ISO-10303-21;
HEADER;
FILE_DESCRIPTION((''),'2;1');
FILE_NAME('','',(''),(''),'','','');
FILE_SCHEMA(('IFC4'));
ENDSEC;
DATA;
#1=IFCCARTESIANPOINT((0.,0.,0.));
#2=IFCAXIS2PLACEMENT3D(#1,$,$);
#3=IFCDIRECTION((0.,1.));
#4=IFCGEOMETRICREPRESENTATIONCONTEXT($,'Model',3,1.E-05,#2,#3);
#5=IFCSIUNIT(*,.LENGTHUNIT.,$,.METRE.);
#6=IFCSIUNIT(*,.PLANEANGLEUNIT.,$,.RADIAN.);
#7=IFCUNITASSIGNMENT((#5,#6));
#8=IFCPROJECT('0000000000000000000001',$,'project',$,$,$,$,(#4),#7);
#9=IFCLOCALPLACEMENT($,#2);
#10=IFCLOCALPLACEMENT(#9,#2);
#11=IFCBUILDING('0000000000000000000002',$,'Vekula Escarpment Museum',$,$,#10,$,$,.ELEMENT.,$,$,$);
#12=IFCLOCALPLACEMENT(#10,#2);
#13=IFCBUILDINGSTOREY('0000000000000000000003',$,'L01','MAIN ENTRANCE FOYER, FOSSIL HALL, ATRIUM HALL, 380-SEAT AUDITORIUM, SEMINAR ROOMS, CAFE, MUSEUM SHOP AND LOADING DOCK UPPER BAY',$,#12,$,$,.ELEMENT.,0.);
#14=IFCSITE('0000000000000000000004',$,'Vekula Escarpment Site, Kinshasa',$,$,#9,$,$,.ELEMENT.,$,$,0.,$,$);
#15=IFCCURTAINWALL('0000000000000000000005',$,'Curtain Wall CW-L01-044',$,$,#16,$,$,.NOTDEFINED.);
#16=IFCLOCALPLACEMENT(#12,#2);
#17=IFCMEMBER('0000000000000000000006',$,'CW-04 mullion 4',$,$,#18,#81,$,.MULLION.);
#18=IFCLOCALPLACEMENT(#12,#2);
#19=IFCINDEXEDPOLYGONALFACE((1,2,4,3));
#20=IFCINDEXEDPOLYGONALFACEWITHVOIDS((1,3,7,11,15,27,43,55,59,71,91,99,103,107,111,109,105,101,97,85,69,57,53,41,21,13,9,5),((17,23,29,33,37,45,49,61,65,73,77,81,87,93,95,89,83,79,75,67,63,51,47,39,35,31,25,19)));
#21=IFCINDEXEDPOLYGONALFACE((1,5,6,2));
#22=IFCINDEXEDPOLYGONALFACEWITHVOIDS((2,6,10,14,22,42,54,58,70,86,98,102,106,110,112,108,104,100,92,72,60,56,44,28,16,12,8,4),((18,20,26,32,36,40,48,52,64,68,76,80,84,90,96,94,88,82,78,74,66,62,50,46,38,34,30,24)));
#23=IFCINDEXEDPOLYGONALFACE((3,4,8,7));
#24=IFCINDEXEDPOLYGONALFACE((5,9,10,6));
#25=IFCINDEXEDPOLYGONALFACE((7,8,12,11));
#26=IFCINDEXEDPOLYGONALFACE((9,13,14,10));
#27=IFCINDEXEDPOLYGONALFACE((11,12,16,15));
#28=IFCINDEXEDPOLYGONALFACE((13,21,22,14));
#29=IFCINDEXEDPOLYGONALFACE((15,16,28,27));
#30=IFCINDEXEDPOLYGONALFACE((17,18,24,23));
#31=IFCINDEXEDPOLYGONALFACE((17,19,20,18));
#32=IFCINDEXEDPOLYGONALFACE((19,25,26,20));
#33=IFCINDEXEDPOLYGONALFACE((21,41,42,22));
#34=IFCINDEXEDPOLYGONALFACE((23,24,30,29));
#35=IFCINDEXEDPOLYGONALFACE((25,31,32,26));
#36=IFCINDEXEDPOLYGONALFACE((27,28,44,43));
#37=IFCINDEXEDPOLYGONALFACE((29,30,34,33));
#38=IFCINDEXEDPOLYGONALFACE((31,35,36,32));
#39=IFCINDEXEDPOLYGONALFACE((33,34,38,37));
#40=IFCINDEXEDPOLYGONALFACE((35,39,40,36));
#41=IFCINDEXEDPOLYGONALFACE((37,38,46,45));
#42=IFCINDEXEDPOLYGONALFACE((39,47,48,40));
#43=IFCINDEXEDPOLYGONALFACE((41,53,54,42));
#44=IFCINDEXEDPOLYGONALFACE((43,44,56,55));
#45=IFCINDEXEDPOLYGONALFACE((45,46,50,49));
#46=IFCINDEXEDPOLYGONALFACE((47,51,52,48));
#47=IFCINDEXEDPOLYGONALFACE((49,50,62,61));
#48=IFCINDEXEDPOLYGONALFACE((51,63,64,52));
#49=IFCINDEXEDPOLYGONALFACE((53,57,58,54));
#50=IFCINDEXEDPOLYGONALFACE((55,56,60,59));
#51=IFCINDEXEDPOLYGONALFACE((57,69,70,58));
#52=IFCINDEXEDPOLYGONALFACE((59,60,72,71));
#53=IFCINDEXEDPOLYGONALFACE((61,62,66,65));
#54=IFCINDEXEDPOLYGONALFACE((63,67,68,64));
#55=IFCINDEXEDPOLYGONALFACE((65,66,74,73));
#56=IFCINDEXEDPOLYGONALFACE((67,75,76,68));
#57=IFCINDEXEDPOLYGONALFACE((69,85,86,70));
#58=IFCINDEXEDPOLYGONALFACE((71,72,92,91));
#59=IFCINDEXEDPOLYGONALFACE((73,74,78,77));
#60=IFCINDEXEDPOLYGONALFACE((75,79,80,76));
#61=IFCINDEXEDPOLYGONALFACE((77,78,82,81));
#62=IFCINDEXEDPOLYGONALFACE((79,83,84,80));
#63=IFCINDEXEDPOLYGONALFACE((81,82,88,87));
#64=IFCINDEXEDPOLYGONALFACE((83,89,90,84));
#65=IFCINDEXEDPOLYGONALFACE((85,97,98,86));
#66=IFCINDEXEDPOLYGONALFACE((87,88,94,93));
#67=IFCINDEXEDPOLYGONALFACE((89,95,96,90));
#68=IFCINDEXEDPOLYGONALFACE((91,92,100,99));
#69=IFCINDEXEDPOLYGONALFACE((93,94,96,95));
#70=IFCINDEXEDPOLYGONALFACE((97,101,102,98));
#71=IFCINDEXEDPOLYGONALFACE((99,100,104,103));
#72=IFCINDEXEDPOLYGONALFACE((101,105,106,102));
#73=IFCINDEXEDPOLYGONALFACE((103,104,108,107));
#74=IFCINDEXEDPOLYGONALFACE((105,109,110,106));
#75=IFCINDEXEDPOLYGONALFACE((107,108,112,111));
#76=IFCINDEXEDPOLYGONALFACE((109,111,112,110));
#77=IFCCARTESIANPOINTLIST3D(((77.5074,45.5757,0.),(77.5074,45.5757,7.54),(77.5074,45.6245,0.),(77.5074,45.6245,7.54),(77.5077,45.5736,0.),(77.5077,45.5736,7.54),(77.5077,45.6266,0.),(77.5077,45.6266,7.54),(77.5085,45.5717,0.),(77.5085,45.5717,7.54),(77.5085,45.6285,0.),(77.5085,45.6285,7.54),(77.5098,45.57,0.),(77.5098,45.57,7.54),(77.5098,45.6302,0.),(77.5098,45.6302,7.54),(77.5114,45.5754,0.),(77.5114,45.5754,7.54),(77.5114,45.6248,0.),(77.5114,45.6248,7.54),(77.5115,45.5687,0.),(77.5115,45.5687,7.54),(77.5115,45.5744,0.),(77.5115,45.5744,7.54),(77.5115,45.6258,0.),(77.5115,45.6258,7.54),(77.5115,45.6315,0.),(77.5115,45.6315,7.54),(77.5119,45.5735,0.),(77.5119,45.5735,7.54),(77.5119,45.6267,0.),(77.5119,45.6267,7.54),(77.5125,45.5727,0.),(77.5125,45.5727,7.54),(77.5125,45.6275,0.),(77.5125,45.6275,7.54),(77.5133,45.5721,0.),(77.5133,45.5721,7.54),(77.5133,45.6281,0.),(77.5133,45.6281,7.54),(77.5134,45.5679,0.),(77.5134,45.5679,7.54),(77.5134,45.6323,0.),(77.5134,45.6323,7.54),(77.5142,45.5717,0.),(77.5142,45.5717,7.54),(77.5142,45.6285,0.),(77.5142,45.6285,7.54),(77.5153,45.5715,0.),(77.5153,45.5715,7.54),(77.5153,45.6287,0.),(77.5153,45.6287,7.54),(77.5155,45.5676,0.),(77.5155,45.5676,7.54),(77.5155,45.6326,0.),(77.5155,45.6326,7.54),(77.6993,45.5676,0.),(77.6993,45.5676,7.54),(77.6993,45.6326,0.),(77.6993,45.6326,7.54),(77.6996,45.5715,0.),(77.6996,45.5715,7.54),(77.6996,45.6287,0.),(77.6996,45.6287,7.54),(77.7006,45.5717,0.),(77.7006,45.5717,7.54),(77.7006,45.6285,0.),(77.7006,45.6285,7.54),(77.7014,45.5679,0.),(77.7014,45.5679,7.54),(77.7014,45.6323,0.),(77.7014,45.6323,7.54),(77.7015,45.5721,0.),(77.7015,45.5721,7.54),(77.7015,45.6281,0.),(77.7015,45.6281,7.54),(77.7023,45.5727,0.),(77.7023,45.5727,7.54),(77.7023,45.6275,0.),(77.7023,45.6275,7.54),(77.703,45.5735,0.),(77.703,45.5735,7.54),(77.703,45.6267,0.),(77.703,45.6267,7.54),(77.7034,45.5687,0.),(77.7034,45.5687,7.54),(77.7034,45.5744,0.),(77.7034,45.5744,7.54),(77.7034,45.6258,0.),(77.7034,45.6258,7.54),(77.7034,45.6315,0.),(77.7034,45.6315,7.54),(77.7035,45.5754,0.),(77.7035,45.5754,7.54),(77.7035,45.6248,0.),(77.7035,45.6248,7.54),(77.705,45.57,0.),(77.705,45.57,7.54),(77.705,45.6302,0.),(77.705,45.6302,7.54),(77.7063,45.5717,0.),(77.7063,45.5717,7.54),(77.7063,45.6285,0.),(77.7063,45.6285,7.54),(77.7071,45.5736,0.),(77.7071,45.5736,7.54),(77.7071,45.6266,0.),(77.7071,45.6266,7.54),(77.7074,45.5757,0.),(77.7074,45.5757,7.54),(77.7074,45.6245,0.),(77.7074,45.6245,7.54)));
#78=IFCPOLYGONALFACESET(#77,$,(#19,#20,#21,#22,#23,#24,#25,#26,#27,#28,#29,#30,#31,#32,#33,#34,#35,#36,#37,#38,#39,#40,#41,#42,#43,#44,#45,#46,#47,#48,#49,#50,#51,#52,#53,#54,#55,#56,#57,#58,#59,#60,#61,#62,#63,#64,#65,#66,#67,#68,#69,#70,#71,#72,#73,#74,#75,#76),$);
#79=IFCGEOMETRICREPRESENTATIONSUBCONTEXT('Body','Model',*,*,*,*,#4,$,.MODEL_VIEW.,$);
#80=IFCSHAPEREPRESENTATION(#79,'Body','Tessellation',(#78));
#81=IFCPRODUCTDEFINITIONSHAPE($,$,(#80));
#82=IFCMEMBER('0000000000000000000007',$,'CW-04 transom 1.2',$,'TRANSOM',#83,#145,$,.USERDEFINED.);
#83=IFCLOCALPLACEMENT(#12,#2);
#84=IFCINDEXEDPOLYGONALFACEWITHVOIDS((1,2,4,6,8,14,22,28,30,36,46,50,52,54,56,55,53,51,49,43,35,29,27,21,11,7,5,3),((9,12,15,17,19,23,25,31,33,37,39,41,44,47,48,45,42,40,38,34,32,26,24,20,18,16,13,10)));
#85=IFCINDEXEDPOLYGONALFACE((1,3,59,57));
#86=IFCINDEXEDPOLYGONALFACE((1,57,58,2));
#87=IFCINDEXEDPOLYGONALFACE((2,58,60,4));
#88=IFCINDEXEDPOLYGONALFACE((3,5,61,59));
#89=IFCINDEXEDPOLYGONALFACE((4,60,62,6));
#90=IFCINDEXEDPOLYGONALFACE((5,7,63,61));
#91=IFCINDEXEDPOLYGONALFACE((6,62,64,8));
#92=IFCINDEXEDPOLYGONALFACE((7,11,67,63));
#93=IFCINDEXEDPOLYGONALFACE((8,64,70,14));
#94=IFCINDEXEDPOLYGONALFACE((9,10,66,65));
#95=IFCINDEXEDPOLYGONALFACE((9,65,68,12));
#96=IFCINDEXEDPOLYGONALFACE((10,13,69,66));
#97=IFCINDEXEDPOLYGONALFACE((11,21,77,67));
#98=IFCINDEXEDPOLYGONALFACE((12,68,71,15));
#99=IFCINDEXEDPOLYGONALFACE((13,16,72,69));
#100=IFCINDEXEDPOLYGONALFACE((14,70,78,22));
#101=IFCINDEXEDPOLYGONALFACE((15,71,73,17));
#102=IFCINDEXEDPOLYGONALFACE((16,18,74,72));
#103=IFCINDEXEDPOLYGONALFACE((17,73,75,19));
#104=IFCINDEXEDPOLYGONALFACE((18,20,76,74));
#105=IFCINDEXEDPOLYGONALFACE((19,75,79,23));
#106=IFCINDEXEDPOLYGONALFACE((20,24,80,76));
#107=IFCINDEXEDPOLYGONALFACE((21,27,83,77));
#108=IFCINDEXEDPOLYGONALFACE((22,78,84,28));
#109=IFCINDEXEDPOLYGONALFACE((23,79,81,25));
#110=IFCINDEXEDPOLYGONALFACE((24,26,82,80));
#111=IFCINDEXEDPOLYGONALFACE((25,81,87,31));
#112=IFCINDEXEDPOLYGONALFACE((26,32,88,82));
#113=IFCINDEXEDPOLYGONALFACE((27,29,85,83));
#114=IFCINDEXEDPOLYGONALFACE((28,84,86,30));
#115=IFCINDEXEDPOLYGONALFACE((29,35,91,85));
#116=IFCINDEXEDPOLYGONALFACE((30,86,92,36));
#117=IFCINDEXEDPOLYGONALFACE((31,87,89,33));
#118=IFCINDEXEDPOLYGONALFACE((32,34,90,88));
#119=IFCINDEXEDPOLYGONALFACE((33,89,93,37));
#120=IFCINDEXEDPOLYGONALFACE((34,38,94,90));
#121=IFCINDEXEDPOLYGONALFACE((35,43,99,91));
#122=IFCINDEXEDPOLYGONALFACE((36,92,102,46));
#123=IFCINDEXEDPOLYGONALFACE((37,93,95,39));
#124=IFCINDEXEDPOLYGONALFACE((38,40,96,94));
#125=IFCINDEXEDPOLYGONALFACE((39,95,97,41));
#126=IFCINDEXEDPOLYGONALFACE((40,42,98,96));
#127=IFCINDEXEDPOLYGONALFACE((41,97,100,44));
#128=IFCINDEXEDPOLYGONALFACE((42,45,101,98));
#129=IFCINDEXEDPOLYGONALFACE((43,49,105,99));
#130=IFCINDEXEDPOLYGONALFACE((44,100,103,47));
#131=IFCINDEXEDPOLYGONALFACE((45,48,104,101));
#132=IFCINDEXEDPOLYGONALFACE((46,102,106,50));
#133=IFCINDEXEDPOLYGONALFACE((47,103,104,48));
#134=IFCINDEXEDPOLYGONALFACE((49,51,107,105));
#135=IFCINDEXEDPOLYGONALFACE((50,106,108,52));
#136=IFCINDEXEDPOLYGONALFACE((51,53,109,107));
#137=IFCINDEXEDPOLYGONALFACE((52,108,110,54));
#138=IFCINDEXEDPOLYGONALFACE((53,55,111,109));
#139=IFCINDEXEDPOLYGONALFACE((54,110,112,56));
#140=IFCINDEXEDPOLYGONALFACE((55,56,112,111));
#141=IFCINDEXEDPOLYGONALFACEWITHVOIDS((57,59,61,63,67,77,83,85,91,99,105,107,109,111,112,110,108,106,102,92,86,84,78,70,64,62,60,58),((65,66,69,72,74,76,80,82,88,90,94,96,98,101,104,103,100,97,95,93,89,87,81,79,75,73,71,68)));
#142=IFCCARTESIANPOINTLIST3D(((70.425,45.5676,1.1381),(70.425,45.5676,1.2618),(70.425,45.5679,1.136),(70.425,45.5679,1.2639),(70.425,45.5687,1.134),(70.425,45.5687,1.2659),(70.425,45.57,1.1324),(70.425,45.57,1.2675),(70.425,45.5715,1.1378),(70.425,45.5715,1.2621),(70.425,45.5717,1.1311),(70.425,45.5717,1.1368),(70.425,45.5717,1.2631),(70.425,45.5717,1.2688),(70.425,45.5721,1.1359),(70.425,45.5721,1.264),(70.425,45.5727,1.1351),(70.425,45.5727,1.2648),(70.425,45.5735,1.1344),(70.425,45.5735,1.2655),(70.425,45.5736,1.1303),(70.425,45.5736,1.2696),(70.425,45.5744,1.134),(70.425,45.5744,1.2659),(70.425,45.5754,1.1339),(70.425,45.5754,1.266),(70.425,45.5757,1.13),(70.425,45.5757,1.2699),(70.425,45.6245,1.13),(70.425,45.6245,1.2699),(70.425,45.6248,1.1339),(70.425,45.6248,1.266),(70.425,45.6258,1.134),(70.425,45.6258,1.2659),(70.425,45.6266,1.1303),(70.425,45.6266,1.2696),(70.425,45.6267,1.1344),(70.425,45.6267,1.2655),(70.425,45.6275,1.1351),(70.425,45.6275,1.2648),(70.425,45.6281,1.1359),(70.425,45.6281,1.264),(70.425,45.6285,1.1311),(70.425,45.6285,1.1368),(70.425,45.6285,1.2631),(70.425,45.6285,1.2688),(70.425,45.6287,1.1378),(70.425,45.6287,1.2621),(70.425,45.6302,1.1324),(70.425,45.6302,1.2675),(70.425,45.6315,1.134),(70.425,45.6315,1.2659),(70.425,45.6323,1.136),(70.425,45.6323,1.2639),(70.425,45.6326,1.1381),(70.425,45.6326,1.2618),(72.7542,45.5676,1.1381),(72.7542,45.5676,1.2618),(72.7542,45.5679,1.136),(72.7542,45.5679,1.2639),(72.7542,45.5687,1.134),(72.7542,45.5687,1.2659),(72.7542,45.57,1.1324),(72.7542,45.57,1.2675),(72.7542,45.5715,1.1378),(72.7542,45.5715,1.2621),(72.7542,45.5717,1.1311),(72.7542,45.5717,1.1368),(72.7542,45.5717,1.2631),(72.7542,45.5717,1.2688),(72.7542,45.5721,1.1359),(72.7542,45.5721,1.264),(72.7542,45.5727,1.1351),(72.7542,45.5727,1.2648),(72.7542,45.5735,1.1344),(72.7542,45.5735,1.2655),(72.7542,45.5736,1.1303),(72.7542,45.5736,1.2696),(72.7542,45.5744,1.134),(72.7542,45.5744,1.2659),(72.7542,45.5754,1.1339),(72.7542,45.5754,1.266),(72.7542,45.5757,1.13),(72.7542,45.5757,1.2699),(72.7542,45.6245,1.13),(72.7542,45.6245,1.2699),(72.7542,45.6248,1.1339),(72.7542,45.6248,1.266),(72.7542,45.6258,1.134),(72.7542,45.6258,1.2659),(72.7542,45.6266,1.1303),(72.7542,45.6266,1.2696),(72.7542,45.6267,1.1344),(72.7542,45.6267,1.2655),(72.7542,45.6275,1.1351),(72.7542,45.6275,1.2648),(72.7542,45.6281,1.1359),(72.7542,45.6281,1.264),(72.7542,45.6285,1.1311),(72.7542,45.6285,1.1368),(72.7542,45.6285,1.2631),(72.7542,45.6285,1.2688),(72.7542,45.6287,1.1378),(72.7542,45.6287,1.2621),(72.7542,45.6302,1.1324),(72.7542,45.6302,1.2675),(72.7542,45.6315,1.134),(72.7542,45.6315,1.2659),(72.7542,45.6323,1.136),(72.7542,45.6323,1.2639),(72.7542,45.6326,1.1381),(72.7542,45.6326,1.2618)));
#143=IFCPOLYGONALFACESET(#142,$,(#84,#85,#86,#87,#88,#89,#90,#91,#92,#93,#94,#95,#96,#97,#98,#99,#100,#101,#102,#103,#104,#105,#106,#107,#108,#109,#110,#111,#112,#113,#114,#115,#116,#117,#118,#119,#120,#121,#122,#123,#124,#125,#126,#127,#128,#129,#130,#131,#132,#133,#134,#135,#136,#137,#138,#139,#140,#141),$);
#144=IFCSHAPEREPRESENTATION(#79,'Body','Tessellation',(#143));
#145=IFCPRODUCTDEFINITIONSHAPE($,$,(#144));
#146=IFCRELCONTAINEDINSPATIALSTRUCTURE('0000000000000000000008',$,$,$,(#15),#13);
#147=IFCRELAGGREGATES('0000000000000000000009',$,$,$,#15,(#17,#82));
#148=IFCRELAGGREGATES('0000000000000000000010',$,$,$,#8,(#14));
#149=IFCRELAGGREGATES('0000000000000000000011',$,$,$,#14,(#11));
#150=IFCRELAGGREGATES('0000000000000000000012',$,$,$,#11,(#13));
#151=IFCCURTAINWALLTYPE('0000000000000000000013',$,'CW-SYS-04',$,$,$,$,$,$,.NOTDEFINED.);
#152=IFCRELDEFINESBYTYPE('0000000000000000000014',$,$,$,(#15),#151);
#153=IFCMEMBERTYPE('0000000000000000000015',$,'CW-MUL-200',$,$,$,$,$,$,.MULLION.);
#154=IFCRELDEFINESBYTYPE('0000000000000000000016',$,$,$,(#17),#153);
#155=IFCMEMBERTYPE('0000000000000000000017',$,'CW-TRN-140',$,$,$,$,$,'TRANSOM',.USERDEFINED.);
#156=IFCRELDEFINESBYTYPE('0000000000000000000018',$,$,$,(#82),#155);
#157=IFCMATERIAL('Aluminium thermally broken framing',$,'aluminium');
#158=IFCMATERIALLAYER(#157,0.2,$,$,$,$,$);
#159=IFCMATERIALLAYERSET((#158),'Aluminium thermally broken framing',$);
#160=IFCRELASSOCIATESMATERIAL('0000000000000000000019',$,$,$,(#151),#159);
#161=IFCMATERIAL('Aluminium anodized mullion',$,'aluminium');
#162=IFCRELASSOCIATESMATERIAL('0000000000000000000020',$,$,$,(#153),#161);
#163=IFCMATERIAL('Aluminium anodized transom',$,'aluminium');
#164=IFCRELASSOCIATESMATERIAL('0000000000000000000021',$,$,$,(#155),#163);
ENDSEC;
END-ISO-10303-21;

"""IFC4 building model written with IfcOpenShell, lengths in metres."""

from ifc_helpers import new_model, si_unit, direction, frame, origin, origin_2d, place, context, subcontext, project, spatial, hollow_rectangle, extrude, material, layer, layer_set, material_profile, profile_set, type_object, element, aggregate, save


model = new_model("IFC4")

# Units and contexts
model_context = context("Model", 3, precision=1e-05, world=origin(), true_north=direction((0.0, 1.0)))
body_context = subcontext(model_context, "Body", "Model", "MODEL_VIEW")
ifc_project = project(units=[si_unit("LENGTHUNIT", "METRE"), si_unit("PLANEANGLEUNIT", "RADIAN")], contexts=[model_context])

# Site, building, storey
site_placement = place(None, origin())
site = spatial("IfcSite", under=ifc_project, at=site_placement, Name="Vekula Escarpment Site, Kinshasa", CompositionType="ELEMENT", RefElevation=0.0)
building_placement = place(site_placement, origin())
building = spatial("IfcBuilding", under=site, at=building_placement, Name="Vekula Escarpment Museum", CompositionType="ELEMENT")
storey_placement = place(building_placement, origin())
storey = spatial("IfcBuildingStorey", under=building, at=storey_placement, Name="L01", Description="MAIN ENTRANCE FOYER, FOSSIL HALL, ATRIUM HALL, 380-SEAT AUDITORIUM, SEMINAR ROOMS, CAFE, MUSEUM SHOP AND LOADING DOCK UPPER BAY", CompositionType="ELEMENT", Elevation=0.0)

# Curtain wall, members
ifc_material_1 = material(Name="Aluminium thermally broken framing", Category="aluminium")
ifc_layer_1 = layer(ifc_material_1, 0.2)
ifc_layer_set_1 = layer_set([ifc_layer_1], Name="Aluminium thermally broken framing")
curtain_wall_type = type_object("IfcCurtainWallType", Name="CW-SYS-04", PredefinedType="NOTDEFINED", material=ifc_layer_set_1)
curtain_wall_placement = place(storey_placement, origin())
curtain_wall = element("IfcCurtainWall", 1, at=curtain_wall_placement, inside=storey, type_object=curtain_wall_type, Name="Curtain Wall CW-L01-044", PredefinedType="NOTDEFINED")
ifc_material_2 = material(Name="Aluminium anodized mullion", Category="aluminium")
ifc_material_profile_1 = material_profile(ifc_material_2, hollow_rectangle(XDim=0.0649, YDim=0.2, WallThickness=0.0039, InnerFilletRadius=0.0039, OuterFilletRadius=0.0081, at=origin_2d()), Name="ALU 200x65x4")
ifc_profile_set_1 = profile_set([ifc_material_profile_1], Name="Aluminium anodized mullion")
member_type_1 = type_object("IfcMemberType", Name="CW-MUL-200", PredefinedType="MULLION", material=ifc_profile_set_1)
member_1_placement = place(storey_placement, frame((77.6074, 45.6001, 0.0), z_axis=(0.0, 0.0, 1.0), x_axis=(0.0, 1.0, 0.0)))
member_1 = element("IfcMember", 2, at=member_1_placement, type_object=member_type_1, Name="CW-04 mullion 4", PredefinedType="MULLION", context=body_context, shape_type="SweptSolid", body=[
    extrude(hollow_rectangle(XDim=0.0649, YDim=0.2, WallThickness=0.0039, InnerFilletRadius=0.0039, OuterFilletRadius=0.0081, at=origin_2d()), origin(), (0.0, 0.0, 1.0), 7.54),
])
ifc_material_3 = material(Name="Aluminium anodized transom", Category="aluminium")
ifc_material_profile_2 = material_profile(ifc_material_3, hollow_rectangle(XDim=0.0649, YDim=0.1399, WallThickness=0.0039, InnerFilletRadius=0.0039, OuterFilletRadius=0.0081, at=origin_2d()), Name="ALU 140x65x4")
ifc_profile_set_2 = profile_set([ifc_material_profile_2], Name="Aluminium anodized transom")
member_type_2 = type_object("IfcMemberType", Name="CW-TRN-140", ElementType="TRANSOM", PredefinedType="USERDEFINED", material=ifc_profile_set_2)
member_2_placement = place(storey_placement, frame((70.425, 45.6001, 1.2), z_axis=(1.0, 0.0, 0.0), x_axis=(0.0, 1.0, 0.0)))
member_2 = element("IfcMember", 3, at=member_2_placement, type_object=member_type_2, Name="CW-04 transom 1.2", ObjectType="TRANSOM", PredefinedType="USERDEFINED", context=body_context, shape_type="SweptSolid", body=[
    extrude(hollow_rectangle(XDim=0.0649, YDim=0.1399, WallThickness=0.0039, InnerFilletRadius=0.0039, OuterFilletRadius=0.0081, at=origin_2d()), origin(), (0.0, 0.0, 1.0), 2.3291),
])

aggregate(curtain_wall, [member_1, member_2])

save(model, "model.ifc")
